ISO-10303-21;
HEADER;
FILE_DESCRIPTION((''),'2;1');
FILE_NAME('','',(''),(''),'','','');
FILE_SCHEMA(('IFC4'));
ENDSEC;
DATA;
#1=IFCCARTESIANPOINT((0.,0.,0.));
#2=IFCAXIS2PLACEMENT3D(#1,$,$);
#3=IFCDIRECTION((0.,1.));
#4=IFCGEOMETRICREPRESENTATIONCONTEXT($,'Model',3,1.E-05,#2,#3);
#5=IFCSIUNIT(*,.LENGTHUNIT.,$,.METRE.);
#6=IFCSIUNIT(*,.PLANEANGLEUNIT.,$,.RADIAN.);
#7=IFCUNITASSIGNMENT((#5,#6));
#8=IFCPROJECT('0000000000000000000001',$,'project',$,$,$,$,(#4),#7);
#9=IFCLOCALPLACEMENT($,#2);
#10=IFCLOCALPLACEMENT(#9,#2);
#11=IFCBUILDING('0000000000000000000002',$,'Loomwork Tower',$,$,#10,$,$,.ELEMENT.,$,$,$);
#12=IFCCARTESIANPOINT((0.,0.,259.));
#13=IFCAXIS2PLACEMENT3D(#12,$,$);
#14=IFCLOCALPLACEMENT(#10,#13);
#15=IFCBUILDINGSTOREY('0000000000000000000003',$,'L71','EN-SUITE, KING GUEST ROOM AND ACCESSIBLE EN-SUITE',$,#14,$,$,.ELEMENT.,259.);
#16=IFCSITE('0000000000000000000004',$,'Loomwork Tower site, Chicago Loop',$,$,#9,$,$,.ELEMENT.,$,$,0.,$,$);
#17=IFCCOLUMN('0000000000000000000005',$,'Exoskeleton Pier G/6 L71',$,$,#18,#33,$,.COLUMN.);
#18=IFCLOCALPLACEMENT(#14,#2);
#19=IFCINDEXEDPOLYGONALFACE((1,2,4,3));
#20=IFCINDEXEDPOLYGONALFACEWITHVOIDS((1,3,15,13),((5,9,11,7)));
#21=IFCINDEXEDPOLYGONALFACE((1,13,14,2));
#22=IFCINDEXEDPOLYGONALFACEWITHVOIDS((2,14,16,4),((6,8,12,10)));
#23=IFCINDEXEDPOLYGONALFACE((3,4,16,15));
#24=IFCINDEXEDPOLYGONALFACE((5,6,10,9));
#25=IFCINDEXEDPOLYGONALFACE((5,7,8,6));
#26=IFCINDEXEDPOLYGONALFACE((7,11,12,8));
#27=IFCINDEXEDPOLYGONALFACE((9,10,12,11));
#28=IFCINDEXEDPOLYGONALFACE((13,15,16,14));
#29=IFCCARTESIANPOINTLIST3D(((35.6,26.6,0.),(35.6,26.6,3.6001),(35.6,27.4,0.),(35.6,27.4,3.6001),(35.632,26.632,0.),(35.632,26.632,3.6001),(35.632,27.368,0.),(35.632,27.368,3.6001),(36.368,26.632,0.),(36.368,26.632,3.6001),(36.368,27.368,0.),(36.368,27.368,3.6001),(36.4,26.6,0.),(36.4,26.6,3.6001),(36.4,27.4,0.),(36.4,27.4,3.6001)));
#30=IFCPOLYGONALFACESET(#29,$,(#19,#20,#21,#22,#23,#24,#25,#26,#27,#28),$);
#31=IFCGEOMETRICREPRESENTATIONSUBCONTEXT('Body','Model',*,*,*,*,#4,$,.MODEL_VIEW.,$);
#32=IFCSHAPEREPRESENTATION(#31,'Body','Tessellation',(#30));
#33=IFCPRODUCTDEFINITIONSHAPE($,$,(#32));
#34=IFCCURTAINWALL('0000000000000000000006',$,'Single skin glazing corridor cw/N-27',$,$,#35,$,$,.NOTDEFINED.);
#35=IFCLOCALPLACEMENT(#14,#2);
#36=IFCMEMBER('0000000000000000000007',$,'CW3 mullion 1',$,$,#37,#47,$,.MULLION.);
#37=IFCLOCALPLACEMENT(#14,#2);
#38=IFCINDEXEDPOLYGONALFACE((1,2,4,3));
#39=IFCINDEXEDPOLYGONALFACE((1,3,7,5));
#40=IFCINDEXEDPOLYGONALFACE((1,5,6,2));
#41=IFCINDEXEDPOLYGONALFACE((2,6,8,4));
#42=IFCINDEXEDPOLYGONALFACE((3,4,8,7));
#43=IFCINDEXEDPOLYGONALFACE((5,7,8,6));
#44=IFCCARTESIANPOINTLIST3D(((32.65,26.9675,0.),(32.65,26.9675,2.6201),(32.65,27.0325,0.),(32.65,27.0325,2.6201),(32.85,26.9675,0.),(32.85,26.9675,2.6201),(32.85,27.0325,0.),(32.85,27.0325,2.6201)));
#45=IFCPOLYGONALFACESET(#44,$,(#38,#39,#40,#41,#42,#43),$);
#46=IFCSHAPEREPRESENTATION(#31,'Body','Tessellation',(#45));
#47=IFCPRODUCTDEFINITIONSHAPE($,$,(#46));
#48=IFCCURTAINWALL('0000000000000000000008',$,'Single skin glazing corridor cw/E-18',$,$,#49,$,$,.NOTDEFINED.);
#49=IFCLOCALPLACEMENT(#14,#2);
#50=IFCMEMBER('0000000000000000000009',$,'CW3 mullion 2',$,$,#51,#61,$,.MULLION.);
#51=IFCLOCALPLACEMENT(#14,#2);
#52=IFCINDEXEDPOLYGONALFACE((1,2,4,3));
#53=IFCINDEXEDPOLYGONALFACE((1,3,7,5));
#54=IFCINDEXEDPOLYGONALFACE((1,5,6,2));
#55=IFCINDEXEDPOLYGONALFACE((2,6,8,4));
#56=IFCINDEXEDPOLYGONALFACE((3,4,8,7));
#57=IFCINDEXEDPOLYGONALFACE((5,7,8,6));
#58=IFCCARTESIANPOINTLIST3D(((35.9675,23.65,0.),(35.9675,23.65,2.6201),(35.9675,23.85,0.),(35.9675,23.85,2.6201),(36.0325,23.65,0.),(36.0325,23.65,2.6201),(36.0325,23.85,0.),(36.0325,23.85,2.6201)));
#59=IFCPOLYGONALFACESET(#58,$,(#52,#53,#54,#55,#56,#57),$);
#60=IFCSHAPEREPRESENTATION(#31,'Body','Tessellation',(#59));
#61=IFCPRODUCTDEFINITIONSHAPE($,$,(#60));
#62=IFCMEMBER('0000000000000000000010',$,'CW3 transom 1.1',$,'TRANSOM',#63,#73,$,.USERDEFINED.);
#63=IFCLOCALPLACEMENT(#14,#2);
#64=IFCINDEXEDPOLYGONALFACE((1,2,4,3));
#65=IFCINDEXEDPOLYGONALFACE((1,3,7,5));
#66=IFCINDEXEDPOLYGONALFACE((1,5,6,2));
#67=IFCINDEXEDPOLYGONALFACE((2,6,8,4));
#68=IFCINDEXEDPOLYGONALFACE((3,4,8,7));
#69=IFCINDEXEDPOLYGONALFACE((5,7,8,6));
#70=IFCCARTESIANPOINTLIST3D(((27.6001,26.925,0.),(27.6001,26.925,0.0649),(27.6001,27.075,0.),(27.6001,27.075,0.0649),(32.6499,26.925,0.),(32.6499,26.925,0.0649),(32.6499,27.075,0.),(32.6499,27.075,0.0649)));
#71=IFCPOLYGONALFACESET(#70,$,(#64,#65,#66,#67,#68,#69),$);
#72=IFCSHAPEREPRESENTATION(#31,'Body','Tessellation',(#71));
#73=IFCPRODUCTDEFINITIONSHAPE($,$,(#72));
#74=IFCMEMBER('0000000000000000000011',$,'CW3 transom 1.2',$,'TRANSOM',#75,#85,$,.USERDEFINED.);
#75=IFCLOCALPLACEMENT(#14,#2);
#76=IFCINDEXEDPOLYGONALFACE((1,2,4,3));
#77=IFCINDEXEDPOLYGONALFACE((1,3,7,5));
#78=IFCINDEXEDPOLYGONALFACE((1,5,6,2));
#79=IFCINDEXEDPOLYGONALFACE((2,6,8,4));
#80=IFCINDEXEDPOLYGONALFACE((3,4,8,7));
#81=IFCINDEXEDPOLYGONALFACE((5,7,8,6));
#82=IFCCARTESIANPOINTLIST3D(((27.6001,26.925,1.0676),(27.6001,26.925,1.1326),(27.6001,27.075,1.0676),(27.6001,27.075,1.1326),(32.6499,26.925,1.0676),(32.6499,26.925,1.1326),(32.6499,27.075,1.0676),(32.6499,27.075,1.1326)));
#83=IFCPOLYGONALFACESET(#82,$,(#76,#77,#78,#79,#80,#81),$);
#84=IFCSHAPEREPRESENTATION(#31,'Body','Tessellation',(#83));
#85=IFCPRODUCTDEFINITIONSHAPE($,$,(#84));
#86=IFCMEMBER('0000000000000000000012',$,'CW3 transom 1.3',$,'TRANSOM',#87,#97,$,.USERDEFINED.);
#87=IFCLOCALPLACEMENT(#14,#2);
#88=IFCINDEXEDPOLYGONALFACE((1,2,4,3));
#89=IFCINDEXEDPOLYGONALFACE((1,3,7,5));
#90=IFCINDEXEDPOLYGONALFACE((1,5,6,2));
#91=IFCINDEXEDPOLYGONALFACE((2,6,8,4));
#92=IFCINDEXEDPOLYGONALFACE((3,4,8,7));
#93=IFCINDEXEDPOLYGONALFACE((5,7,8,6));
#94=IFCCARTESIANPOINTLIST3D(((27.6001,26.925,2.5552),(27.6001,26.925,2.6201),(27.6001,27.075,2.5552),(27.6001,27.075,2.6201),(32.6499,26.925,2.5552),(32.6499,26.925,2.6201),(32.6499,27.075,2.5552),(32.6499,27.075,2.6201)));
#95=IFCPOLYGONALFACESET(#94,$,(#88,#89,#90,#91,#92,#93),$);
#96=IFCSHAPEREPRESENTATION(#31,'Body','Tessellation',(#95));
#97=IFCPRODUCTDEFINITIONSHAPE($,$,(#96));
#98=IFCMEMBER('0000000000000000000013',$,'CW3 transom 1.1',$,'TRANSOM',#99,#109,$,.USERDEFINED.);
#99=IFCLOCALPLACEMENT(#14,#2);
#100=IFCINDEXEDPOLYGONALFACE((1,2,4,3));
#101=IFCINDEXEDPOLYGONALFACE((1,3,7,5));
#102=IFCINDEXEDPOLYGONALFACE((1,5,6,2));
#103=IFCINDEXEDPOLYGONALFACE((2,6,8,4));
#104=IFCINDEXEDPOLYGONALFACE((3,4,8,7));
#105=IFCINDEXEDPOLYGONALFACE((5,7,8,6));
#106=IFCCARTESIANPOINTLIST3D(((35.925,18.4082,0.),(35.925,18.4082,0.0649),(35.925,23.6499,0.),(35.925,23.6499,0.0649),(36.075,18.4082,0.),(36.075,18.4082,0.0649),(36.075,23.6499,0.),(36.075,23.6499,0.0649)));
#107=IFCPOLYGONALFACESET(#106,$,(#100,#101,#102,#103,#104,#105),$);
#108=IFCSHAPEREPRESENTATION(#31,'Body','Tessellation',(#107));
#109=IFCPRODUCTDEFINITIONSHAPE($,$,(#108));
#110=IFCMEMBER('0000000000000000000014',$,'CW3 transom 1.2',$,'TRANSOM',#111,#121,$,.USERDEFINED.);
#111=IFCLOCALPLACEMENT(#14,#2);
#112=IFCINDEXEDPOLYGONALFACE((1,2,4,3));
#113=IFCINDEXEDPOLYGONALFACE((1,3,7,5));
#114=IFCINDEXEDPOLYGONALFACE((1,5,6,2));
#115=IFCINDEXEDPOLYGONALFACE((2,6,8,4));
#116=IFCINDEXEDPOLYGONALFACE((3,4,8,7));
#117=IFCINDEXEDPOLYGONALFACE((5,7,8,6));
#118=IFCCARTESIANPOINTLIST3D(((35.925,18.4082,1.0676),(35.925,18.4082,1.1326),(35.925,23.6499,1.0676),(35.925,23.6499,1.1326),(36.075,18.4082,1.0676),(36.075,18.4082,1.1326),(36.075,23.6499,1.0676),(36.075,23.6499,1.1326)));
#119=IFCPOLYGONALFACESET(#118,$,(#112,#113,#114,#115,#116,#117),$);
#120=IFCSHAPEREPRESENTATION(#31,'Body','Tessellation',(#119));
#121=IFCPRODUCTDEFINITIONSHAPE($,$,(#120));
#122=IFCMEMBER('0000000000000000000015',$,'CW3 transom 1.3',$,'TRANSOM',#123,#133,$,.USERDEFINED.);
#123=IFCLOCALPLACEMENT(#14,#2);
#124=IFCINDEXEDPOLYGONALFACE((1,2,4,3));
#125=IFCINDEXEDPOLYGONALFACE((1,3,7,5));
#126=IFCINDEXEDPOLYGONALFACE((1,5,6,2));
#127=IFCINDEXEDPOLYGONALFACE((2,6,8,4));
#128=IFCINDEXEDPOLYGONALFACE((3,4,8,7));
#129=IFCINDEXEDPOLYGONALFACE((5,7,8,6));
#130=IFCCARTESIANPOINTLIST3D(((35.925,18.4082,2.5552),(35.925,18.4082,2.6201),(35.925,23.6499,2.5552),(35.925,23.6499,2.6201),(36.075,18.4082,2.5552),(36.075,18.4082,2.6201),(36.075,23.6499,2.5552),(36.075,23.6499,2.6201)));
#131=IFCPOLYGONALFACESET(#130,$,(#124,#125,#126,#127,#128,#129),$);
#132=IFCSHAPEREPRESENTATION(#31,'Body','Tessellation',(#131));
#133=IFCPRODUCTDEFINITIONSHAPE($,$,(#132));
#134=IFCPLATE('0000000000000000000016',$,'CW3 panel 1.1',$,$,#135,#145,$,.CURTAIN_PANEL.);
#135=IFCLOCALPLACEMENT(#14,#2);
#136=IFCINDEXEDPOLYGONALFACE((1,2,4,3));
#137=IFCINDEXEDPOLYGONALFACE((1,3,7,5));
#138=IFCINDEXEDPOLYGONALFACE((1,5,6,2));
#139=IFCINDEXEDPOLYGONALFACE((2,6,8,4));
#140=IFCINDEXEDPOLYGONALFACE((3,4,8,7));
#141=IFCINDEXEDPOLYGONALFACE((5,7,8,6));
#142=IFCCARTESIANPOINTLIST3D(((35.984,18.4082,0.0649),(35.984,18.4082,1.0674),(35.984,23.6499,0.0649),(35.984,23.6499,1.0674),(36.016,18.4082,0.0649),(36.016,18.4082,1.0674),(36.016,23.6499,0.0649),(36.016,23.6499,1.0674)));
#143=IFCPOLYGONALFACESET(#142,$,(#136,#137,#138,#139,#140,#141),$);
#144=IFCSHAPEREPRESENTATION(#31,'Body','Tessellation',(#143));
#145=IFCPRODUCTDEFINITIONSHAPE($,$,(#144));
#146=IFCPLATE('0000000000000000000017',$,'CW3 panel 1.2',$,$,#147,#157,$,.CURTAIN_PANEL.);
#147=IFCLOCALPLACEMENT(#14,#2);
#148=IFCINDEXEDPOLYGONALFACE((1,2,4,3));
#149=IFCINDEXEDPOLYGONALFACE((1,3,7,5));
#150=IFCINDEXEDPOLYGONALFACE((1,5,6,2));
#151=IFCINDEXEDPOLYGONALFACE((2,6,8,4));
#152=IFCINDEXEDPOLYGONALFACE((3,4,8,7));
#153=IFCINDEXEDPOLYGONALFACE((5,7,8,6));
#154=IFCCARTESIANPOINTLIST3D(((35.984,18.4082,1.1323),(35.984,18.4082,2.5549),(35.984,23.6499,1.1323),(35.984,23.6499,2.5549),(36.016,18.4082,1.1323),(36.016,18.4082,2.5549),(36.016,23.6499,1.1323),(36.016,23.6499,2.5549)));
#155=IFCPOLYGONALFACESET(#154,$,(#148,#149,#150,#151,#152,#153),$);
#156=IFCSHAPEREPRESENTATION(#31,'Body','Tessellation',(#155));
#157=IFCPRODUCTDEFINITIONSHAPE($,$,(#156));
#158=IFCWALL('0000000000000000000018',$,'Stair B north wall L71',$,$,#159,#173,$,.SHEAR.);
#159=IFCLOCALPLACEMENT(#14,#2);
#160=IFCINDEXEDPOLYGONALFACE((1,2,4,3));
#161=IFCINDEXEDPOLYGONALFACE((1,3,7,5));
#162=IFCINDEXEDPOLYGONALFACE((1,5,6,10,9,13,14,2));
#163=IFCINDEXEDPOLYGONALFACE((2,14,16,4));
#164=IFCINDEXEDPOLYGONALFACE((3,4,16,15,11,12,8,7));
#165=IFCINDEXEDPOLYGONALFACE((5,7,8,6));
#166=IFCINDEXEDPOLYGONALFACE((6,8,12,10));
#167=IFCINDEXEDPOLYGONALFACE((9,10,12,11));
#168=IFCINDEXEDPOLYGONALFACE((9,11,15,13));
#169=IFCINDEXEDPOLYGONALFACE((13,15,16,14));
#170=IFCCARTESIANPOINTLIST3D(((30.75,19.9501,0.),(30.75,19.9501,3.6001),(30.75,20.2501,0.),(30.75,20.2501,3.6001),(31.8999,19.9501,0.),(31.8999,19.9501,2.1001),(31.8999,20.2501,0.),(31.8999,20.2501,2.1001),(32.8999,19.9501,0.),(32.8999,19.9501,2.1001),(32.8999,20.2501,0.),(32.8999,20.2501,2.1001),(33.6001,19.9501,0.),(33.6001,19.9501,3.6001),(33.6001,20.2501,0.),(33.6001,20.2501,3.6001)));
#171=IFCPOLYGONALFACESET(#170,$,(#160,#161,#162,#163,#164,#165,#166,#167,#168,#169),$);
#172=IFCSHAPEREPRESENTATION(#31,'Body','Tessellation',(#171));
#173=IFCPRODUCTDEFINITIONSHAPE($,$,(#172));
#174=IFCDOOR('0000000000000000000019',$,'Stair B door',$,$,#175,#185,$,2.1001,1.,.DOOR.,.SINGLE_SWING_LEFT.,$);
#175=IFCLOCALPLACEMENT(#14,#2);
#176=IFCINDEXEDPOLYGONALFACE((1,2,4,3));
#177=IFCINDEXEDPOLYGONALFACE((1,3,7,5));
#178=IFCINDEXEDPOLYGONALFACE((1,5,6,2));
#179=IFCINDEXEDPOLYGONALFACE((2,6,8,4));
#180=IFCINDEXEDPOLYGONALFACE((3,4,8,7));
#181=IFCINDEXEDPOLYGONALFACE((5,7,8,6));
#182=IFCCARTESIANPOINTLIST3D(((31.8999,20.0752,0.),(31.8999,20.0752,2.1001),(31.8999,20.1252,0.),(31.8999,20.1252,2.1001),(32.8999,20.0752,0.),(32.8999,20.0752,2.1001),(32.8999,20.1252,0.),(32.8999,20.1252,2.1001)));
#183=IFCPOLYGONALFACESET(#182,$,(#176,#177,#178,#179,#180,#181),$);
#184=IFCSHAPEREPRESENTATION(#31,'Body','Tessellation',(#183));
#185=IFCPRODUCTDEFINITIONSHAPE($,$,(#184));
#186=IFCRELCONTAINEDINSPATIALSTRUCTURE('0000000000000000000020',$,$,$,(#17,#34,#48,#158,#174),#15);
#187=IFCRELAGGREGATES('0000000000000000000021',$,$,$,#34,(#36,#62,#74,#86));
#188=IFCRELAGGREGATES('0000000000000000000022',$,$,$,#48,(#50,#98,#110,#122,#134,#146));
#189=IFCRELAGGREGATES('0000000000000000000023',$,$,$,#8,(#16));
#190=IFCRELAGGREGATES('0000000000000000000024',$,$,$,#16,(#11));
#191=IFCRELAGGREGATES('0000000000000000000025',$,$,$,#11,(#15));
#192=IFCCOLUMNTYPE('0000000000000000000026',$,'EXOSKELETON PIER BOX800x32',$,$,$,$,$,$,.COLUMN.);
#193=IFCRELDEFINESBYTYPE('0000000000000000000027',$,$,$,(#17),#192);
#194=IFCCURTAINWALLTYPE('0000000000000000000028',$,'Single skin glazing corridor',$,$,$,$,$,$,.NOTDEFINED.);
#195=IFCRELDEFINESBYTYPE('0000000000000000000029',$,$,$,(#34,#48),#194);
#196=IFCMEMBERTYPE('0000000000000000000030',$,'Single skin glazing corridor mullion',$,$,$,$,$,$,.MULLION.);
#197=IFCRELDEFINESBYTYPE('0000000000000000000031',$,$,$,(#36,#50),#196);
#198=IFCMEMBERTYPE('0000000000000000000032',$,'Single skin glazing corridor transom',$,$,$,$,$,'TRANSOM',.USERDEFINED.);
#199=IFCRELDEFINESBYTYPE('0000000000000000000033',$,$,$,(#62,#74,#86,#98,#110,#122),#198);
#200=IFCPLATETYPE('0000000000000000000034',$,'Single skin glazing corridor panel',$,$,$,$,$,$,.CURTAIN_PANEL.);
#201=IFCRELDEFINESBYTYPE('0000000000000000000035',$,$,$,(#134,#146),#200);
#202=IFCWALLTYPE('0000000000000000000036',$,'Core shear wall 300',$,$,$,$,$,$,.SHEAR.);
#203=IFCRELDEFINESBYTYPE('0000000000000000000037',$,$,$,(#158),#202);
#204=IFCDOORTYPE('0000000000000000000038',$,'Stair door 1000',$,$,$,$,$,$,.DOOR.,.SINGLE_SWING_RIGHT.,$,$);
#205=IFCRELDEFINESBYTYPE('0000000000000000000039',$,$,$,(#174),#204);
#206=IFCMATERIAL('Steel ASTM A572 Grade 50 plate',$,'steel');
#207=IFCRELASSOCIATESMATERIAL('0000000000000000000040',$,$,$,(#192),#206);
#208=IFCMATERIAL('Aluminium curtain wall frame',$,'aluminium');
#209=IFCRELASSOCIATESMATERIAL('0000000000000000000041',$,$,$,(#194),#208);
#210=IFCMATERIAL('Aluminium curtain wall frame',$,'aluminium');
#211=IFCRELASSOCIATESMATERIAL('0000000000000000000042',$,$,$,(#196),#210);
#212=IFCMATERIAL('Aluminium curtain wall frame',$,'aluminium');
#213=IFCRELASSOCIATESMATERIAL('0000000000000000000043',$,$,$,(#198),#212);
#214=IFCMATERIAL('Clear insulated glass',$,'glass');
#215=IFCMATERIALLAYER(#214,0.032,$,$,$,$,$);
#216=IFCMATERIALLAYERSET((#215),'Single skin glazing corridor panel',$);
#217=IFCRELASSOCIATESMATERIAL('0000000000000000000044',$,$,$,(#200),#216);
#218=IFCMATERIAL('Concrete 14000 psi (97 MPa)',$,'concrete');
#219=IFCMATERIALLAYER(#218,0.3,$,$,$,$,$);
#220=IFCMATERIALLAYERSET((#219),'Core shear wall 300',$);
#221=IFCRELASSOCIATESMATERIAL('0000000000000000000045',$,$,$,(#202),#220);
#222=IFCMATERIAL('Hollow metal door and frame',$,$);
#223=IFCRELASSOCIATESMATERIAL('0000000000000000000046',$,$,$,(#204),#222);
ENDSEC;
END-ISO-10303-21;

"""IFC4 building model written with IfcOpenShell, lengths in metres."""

from ifc_helpers import new_model, si_unit, direction, frame, frame_2d, origin, origin_2d, place, context, subcontext, project, spatial, rectangle, hollow_rectangle, extrude, material, layer, layer_set, material_profile, profile_set, type_object, element, fill, aggregate, save


model = new_model("IFC4")

# Units and contexts
model_context = context("Model", 3, precision=1e-05, world=origin(), true_north=direction((0.0, 1.0)))
body_context = subcontext(model_context, "Body", "Model", "MODEL_VIEW")
ifc_project = project(units=[si_unit("LENGTHUNIT", "METRE"), si_unit("PLANEANGLEUNIT", "RADIAN")], contexts=[model_context])

# Site, building, storey
site_placement = place(None, origin())
site = spatial("IfcSite", under=ifc_project, at=site_placement, Name="Loomwork Tower site, Chicago Loop", CompositionType="ELEMENT", RefElevation=0.0)
building_placement = place(site_placement, origin())
building = spatial("IfcBuilding", under=site, at=building_placement, Name="Loomwork Tower", CompositionType="ELEMENT")
storey_placement = place(building_placement, frame((0.0, 0.0, 259.0)))
storey = spatial("IfcBuildingStorey", under=building, at=storey_placement, Name="L71", Description="EN-SUITE, KING GUEST ROOM AND ACCESSIBLE EN-SUITE", CompositionType="ELEMENT", Elevation=259.0)

# Column
ifc_material_1 = material(Name="Steel ASTM A572 Grade 50 plate", Category="steel")
ifc_material_profile_1 = material_profile(ifc_material_1, hollow_rectangle(XDim=0.8, YDim=0.8, WallThickness=0.032, at=origin_2d()), Name="BOX800x32")
ifc_profile_set_1 = profile_set([ifc_material_profile_1], Name="Steel ASTM A572 Grade 50 plate")
column_type = type_object("IfcColumnType", Name="EXOSKELETON PIER BOX800x32", PredefinedType="COLUMN", material=ifc_profile_set_1)
column_placement = place(storey_placement, frame((36.0, 27.0, 0.0), z_axis=(0.0, 0.0, 1.0), x_axis=(1.0, 0.0, 0.0)))
element("IfcColumn", 1, at=column_placement, inside=storey, type_object=column_type, Name="Exoskeleton Pier G/6 L71", PredefinedType="COLUMN", context=body_context, shape_type="SweptSolid", body=[
    extrude(hollow_rectangle(XDim=0.8, YDim=0.8, WallThickness=0.032, at=origin_2d()), origin(), (0.0, 0.0, 1.0), 3.6001),
])

# Curtain walls, members
ifc_material_2 = material(Name="Aluminium curtain wall frame", Category="aluminium")
curtain_wall_type = type_object("IfcCurtainWallType", Name="Single skin glazing corridor", PredefinedType="NOTDEFINED", material=ifc_material_2)
curtain_wall_1_placement = place(storey_placement, origin())
curtain_wall_1 = element("IfcCurtainWall", 2, at=curtain_wall_1_placement, inside=storey, type_object=curtain_wall_type, Name="Single skin glazing corridor cw/N-27", PredefinedType="NOTDEFINED")
ifc_material_3 = material(Name="Aluminium curtain wall frame", Category="aluminium")
ifc_material_profile_2 = material_profile(ifc_material_3, rectangle(XDim=0.0649, YDim=0.2, at=origin_2d()), Name="AL 65x200")
ifc_profile_set_2 = profile_set([ifc_material_profile_2], Name="Aluminium curtain wall frame")
member_type_1 = type_object("IfcMemberType", Name="Single skin glazing corridor mullion", PredefinedType="MULLION", material=ifc_profile_set_2)
member_1_placement = place(storey_placement, frame((32.75, 27.0, 0.0), z_axis=(0.0, 0.0, 1.0), x_axis=(0.0, -1.0, 0.0)))
member_1 = element("IfcMember", 3, at=member_1_placement, type_object=member_type_1, Name="CW3 mullion 1", PredefinedType="MULLION", context=body_context, shape_type="SweptSolid", body=[
    extrude(rectangle(XDim=0.0649, YDim=0.2, at=origin_2d()), origin(), (0.0, 0.0, 1.0), 2.6201),
])
curtain_wall_2_placement = place(storey_placement, origin())
curtain_wall_2 = element("IfcCurtainWall", 4, at=curtain_wall_2_placement, inside=storey, type_object=curtain_wall_type, Name="Single skin glazing corridor cw/E-18", PredefinedType="NOTDEFINED")
member_2_placement = place(storey_placement, frame((36.0, 23.75, 0.0), z_axis=(0.0, 0.0, 1.0), x_axis=(-1.0, 0.0, 0.0)))
member_2 = element("IfcMember", 5, at=member_2_placement, type_object=member_type_1, Name="CW3 mullion 2", PredefinedType="MULLION", context=body_context, shape_type="SweptSolid", body=[
    extrude(rectangle(XDim=0.0649, YDim=0.2, at=origin_2d()), origin(), (0.0, 0.0, 1.0), 2.6201),
])

# Members
ifc_material_4 = material(Name="Aluminium curtain wall frame", Category="aluminium")
ifc_material_profile_3 = material_profile(ifc_material_4, rectangle(XDim=0.1499, YDim=0.0649, at=origin_2d()), Name="AL 65x150")
ifc_profile_set_3 = profile_set([ifc_material_profile_3], Name="Aluminium curtain wall frame")
member_type_2 = type_object("IfcMemberType", Name="Single skin glazing corridor transom", ElementType="TRANSOM", PredefinedType="USERDEFINED", material=ifc_profile_set_3)
member_3_placement = place(storey_placement, frame((32.6499, 27.0, 0.0325), z_axis=(-1.0, 0.0, 0.0), x_axis=(0.0, -1.0, 0.0)))
member_3 = element("IfcMember", 6, at=member_3_placement, type_object=member_type_2, Name="CW3 transom 1.1", ObjectType="TRANSOM", PredefinedType="USERDEFINED", context=body_context, shape_type="SweptSolid", body=[
    extrude(rectangle(XDim=0.1499, YDim=0.0649, at=origin_2d()), origin(), (0.0, 0.0, 1.0), 5.0498),
])
member_4_placement = place(storey_placement, frame((32.6499, 27.0, 1.1001), z_axis=(-1.0, 0.0, 0.0), x_axis=(0.0, -1.0, 0.0)))
member_4 = element("IfcMember", 7, at=member_4_placement, type_object=member_type_2, Name="CW3 transom 1.2", ObjectType="TRANSOM", PredefinedType="USERDEFINED", context=body_context, shape_type="SweptSolid", body=[
    extrude(rectangle(XDim=0.1499, YDim=0.0649, at=origin_2d()), origin(), (0.0, 0.0, 1.0), 5.0498),
])
member_5_placement = place(storey_placement, frame((32.6499, 27.0, 2.5876), z_axis=(-1.0, 0.0, 0.0), x_axis=(0.0, -1.0, 0.0)))
member_5 = element("IfcMember", 8, at=member_5_placement, type_object=member_type_2, Name="CW3 transom 1.3", ObjectType="TRANSOM", PredefinedType="USERDEFINED", context=body_context, shape_type="SweptSolid", body=[
    extrude(rectangle(XDim=0.1499, YDim=0.0649, at=origin_2d()), origin(), (0.0, 0.0, 1.0), 5.0498),
])
aggregate(curtain_wall_1, [member_1, member_3, member_4, member_5])
member_6_placement = place(storey_placement, frame((36.0, 18.4082, 0.0325), z_axis=(0.0, 1.0, 0.0), x_axis=(-1.0, 0.0, 0.0)))
member_6 = element("IfcMember", 9, at=member_6_placement, type_object=member_type_2, Name="CW3 transom 1.1", ObjectType="TRANSOM", PredefinedType="USERDEFINED", context=body_context, shape_type="SweptSolid", body=[
    extrude(rectangle(XDim=0.1499, YDim=0.0649, at=origin_2d()), origin(), (0.0, 0.0, 1.0), 5.2417),
])
member_7_placement = place(storey_placement, frame((36.0, 18.4082, 1.1001), z_axis=(0.0, 1.0, 0.0), x_axis=(-1.0, 0.0, 0.0)))
member_7 = element("IfcMember", 10, at=member_7_placement, type_object=member_type_2, Name="CW3 transom 1.2", ObjectType="TRANSOM", PredefinedType="USERDEFINED", context=body_context, shape_type="SweptSolid", body=[
    extrude(rectangle(XDim=0.1499, YDim=0.0649, at=origin_2d()), origin(), (0.0, 0.0, 1.0), 5.2417),
])
member_8_placement = place(storey_placement, frame((36.0, 18.4082, 2.5876), z_axis=(0.0, 1.0, 0.0), x_axis=(-1.0, 0.0, 0.0)))
member_8 = element("IfcMember", 11, at=member_8_placement, type_object=member_type_2, Name="CW3 transom 1.3", ObjectType="TRANSOM", PredefinedType="USERDEFINED", context=body_context, shape_type="SweptSolid", body=[
    extrude(rectangle(XDim=0.1499, YDim=0.0649, at=origin_2d()), origin(), (0.0, 0.0, 1.0), 5.2417),
])

# Plates
ifc_material_5 = material(Name="Clear insulated glass", Category="glass")
ifc_layer_1 = layer(ifc_material_5, 0.032)
ifc_layer_set_1 = layer_set([ifc_layer_1], Name="Single skin glazing corridor panel")
plate_type = type_object("IfcPlateType", Name="Single skin glazing corridor panel", PredefinedType="CURTAIN_PANEL", material=ifc_layer_set_1)
plate_1_placement = place(storey_placement, frame((36.0, 21.0291, 0.0649), z_axis=(0.0, 0.0, 1.0), x_axis=(0.0, 1.0, 0.0)))
plate_1 = element("IfcPlate", 12, at=plate_1_placement, type_object=plate_type, Name="CW3 panel 1.1", PredefinedType="CURTAIN_PANEL", context=body_context, shape_type="SweptSolid", body=[
    extrude(rectangle(XDim=5.2417, YDim=0.032, at=origin_2d()), origin(), (0.0, 0.0, 1.0), 1.0024),
])
plate_2_placement = place(storey_placement, frame((36.0, 21.0291, 1.1323), z_axis=(0.0, 0.0, 1.0), x_axis=(0.0, 1.0, 0.0)))
plate_2 = element("IfcPlate", 13, at=plate_2_placement, type_object=plate_type, Name="CW3 panel 1.2", PredefinedType="CURTAIN_PANEL", context=body_context, shape_type="SweptSolid", body=[
    extrude(rectangle(XDim=5.2417, YDim=0.032, at=origin_2d()), origin(), (0.0, 0.0, 1.0), 1.4226),
])
aggregate(curtain_wall_2, [member_2, member_6, member_7, member_8, plate_1, plate_2])

# Wall, opening, door
ifc_material_6 = material(Name="Concrete 14000 psi (97 MPa)", Category="concrete")
ifc_layer_2 = layer(ifc_material_6, 0.3)
ifc_layer_set_2 = layer_set([ifc_layer_2], Name="Core shear wall 300")
wall_type_1 = type_object("IfcWallType", Name="Core shear wall 300", PredefinedType="SHEAR", material=ifc_layer_set_2)
wall_1_placement = place(storey_placement, frame((30.75, 20.1001, 0.0), z_axis=(0.0, 0.0, 1.0), x_axis=(1.0, 0.0, 0.0)))
wall_1 = element("IfcWall", 14, at=wall_1_placement, inside=storey, type_object=wall_type_1, Name="Stair B north wall L71", PredefinedType="SHEAR", context=body_context, shape_type="SweptSolid", body=[
    extrude(rectangle(XDim=2.8501, YDim=0.3, at=frame_2d((1.425, 0.0))), origin(), (0.0, 0.0, 1.0), 3.6001),
])
opening_1_placement = place(wall_1_placement, frame((1.1499, 0.0, 0.0)))
opening_1 = element("IfcOpeningElement", 15, at=opening_1_placement, cuts=wall_1, PredefinedType="OPENING", context=body_context, shape_type="SweptSolid", body=[
    extrude(rectangle(XDim=1.0, YDim=2.1001, at=frame_2d((0.5, 1.05))), frame((0.0, 0.1599, 0.0), z_axis=(0.0, -1.0, 0.0), x_axis=(1.0, 0.0, 0.0)), (0.0, 0.0, 1.0), 0.3201),
])
ifc_material_7 = material(Name="Hollow metal door and frame")
door_type = type_object("IfcDoorType", Name="Stair door 1000", OperationType="SINGLE_SWING_RIGHT", PredefinedType="DOOR", material=ifc_material_7)
door_placement = place(opening_1_placement, frame((1.0, 0.0, 0.0), z_axis=(0.0, 0.0, 1.0), x_axis=(-1.0, 0.0, 0.0)))
door = element("IfcDoor", 16, at=door_placement, inside=storey, type_object=door_type, Name="Stair B door", OperationType="SINGLE_SWING_LEFT", OverallHeight=2.1001, OverallWidth=1.0, PredefinedType="DOOR", context=body_context, shape_type="SweptSolid", body=[
    extrude(rectangle(XDim=1.0, YDim=2.1001, at=frame_2d((0.5, 1.05))), frame((0.0, 0.0249, 0.0), z_axis=(0.0, -1.0, 0.0), x_axis=(1.0, 0.0, 0.0)), (0.0, 0.0, 1.0), 0.05),
])
fill(opening_1, door)

save(model, "model.ifc")
